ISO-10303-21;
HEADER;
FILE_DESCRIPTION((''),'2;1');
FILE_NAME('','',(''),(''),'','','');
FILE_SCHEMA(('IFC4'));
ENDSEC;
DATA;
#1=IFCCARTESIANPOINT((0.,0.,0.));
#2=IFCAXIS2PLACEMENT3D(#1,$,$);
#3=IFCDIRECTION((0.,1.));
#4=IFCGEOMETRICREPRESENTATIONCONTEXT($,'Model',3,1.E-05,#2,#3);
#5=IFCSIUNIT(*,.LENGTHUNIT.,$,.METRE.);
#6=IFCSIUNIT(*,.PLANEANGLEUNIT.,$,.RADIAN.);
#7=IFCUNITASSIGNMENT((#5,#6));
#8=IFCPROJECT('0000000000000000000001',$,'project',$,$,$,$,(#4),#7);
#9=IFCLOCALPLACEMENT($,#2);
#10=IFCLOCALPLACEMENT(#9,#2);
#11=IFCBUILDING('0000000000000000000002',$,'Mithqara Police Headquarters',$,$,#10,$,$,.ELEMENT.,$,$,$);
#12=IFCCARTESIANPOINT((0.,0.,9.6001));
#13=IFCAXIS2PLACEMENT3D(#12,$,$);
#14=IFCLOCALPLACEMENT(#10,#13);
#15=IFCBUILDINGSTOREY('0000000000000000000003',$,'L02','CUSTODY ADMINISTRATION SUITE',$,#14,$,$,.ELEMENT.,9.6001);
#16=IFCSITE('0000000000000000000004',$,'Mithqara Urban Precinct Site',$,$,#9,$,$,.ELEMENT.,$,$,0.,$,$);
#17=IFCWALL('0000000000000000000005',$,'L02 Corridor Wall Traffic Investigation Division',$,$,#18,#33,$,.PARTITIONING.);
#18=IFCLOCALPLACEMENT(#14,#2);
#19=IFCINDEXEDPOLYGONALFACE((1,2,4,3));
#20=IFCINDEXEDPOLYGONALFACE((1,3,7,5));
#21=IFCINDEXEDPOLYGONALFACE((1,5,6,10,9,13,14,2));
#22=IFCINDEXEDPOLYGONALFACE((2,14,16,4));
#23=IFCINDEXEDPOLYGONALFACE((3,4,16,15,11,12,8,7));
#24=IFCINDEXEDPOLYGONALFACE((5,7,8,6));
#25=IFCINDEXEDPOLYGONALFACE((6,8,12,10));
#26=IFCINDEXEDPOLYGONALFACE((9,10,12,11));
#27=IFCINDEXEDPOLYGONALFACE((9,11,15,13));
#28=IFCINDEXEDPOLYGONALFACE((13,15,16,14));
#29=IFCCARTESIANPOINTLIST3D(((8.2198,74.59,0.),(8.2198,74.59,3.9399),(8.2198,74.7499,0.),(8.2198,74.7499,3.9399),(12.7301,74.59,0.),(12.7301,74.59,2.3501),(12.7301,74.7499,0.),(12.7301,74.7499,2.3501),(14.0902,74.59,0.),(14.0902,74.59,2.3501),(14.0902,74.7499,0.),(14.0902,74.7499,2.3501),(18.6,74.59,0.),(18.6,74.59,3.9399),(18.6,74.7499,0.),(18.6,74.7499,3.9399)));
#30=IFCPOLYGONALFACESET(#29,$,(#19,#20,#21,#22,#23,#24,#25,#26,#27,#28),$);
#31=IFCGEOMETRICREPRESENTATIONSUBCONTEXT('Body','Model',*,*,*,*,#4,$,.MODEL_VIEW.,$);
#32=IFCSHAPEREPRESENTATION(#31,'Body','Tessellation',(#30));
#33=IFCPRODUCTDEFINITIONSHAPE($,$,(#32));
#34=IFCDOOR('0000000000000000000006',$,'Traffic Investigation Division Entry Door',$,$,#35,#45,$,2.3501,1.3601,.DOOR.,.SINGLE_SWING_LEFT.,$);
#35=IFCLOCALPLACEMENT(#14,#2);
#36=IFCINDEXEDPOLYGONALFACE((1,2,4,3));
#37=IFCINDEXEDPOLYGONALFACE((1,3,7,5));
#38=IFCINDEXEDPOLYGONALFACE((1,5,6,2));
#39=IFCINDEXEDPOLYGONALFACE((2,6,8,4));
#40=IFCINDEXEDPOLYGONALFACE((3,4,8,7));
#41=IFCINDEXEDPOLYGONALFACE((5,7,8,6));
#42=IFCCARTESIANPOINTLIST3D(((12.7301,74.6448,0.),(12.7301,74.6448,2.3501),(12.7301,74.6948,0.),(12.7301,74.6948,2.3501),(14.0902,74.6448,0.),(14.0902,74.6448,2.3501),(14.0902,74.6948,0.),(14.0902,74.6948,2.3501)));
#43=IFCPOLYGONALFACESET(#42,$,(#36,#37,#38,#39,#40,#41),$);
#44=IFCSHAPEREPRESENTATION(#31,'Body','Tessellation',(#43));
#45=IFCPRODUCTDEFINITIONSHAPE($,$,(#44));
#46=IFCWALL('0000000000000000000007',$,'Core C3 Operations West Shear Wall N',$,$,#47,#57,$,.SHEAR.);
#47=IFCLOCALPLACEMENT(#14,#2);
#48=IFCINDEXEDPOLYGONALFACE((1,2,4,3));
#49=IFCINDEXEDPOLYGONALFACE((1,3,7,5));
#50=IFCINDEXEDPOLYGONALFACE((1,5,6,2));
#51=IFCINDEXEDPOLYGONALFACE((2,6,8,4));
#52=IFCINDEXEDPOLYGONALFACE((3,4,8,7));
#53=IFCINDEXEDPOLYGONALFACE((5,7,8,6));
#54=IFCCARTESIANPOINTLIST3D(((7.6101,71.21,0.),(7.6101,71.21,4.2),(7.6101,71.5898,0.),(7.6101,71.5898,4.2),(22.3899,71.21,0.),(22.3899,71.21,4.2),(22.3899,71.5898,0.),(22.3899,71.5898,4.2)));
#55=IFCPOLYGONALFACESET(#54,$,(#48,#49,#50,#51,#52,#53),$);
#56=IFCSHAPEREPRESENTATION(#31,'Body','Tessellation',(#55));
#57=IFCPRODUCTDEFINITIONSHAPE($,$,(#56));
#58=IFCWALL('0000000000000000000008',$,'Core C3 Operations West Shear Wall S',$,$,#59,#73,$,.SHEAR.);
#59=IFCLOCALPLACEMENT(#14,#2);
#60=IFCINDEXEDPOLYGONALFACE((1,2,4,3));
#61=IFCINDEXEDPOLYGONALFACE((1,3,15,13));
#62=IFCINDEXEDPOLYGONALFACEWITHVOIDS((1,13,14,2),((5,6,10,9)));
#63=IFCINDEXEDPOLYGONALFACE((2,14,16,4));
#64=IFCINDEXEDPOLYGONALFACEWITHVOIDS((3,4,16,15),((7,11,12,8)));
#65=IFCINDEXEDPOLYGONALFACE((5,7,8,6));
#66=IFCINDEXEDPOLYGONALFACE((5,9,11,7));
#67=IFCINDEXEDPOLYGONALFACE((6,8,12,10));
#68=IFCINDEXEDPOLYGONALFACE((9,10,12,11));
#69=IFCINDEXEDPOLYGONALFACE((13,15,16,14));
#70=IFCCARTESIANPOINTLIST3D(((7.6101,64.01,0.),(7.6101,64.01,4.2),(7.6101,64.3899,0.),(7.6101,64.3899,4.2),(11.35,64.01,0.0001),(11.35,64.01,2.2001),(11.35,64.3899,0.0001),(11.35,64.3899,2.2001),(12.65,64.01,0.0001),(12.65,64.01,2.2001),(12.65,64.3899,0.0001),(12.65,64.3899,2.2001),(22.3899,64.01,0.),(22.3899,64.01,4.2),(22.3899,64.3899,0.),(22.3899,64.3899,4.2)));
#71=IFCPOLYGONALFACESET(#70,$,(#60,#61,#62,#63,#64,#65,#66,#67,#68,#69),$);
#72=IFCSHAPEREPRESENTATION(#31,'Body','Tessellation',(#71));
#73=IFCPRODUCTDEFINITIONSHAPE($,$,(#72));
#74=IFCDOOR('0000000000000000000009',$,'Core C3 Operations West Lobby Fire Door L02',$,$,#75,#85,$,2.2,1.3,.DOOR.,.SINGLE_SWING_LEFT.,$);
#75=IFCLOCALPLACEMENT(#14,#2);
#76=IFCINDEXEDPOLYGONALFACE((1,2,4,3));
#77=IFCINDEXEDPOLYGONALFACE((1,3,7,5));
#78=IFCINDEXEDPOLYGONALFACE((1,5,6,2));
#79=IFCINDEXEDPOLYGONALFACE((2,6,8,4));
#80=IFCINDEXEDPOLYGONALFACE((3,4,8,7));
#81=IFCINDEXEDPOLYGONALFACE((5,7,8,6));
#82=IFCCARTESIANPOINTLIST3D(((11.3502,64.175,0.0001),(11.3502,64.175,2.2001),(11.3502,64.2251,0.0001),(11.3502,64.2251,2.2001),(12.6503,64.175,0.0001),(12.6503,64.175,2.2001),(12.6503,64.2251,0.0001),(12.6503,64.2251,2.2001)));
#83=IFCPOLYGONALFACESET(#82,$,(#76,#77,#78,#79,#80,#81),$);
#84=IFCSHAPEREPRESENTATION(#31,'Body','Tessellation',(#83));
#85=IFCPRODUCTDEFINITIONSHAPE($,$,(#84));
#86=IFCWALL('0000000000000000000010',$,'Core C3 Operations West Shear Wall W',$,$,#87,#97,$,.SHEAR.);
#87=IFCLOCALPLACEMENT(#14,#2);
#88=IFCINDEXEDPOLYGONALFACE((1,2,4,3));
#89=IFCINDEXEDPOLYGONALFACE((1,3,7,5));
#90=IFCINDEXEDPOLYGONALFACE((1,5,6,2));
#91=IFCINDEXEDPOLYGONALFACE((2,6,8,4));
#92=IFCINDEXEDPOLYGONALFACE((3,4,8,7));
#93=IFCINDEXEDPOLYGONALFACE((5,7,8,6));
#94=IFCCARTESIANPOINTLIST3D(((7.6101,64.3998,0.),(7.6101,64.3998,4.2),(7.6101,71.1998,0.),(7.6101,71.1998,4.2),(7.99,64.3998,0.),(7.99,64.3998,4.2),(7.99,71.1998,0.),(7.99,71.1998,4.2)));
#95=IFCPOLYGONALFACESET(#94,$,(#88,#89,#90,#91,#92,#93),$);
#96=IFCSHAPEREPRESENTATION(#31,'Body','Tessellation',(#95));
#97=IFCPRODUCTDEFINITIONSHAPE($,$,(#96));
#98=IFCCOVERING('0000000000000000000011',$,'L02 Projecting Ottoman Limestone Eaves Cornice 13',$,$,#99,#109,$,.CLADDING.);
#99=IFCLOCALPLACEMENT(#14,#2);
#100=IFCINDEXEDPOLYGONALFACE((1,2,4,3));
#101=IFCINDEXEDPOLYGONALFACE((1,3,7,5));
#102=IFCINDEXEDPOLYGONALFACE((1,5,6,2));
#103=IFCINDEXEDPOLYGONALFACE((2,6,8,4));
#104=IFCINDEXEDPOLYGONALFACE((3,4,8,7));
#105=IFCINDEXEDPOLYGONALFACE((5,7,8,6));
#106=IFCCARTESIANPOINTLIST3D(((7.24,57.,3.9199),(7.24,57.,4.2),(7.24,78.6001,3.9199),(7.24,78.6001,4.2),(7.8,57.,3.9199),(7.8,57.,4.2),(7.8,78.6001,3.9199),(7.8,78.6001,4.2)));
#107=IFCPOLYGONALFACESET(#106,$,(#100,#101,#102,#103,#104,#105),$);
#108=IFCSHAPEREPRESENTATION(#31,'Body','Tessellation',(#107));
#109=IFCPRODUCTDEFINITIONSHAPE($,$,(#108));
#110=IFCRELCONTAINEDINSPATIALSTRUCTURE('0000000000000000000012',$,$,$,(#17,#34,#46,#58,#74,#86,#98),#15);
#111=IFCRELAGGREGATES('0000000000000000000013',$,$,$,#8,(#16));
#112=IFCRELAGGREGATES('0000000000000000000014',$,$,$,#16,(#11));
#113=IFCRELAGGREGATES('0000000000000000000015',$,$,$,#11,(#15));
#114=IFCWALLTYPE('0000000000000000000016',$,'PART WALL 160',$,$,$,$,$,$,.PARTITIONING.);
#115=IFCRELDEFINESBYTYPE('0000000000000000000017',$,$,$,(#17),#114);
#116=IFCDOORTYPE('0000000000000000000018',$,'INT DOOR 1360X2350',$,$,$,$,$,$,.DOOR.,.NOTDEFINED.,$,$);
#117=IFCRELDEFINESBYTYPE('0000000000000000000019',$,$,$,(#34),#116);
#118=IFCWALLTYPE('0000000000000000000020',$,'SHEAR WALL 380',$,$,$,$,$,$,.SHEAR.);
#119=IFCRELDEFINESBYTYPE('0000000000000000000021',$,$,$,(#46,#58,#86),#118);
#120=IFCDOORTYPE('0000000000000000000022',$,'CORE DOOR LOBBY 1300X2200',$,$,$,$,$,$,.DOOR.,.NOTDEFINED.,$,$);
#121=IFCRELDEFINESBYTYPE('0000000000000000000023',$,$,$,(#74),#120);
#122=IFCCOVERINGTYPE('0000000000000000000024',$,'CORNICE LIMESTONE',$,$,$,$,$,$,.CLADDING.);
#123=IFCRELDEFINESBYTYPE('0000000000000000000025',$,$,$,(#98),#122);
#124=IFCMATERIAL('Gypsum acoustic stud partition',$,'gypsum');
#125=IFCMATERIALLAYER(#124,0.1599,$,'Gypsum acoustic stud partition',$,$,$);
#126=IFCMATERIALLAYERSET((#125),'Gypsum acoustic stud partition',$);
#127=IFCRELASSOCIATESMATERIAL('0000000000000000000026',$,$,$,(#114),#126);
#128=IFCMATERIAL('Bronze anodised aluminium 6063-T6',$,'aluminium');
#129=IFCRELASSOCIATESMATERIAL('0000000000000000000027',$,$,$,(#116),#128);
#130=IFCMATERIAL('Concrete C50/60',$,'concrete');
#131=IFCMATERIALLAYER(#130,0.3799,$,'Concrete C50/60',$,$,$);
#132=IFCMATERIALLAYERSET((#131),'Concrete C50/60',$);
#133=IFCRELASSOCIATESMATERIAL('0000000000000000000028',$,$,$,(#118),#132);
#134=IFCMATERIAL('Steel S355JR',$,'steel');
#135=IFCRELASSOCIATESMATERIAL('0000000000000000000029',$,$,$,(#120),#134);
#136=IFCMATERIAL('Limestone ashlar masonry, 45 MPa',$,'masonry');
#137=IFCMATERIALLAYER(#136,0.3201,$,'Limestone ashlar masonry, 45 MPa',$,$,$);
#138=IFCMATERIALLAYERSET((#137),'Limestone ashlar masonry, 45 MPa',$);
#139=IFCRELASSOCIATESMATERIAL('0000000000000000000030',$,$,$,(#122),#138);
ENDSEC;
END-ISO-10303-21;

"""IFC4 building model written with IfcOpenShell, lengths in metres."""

from ifc_helpers import new_model, si_unit, direction, frame, frame_2d, origin, origin_2d, place, context, subcontext, project, spatial, rectangle, extrude, material, layer, layer_set, type_object, element, fill, save


model = new_model("IFC4")

# Units and contexts
model_context = context("Model", 3, precision=1e-05, world=origin(), true_north=direction((0.0, 1.0)))
body_context = subcontext(model_context, "Body", "Model", "MODEL_VIEW")
ifc_project = project(units=[si_unit("LENGTHUNIT", "METRE"), si_unit("PLANEANGLEUNIT", "RADIAN")], contexts=[model_context])

# Site, building, storey
site_placement = place(None, origin())
site = spatial("IfcSite", under=ifc_project, at=site_placement, Name="Mithqara Urban Precinct Site", CompositionType="ELEMENT", RefElevation=0.0)
building_placement = place(site_placement, origin())
building = spatial("IfcBuilding", under=site, at=building_placement, Name="Mithqara Police Headquarters", CompositionType="ELEMENT")
storey_placement = place(building_placement, frame((0.0, 0.0, 9.6001)))
storey = spatial("IfcBuildingStorey", under=building, at=storey_placement, Name="L02", Description="CUSTODY ADMINISTRATION SUITE", CompositionType="ELEMENT", Elevation=9.6001)

# Shared definitions
ifc_material_1 = material(Name="Steel S355JR", Category="steel")

# Shared definitions
ifc_material_2 = material(Name="Limestone ashlar masonry, 45 MPa", Category="masonry")

# Wall, opening, door
ifc_material_3 = material(Name="Gypsum acoustic stud partition", Category="gypsum")
ifc_layer_1 = layer(ifc_material_3, 0.1599, Name="Gypsum acoustic stud partition")
ifc_layer_set_1 = layer_set([ifc_layer_1], Name="Gypsum acoustic stud partition")
wall_type_1 = type_object("IfcWallType", Name="PART WALL 160", PredefinedType="PARTITIONING", material=ifc_layer_set_1)
wall_1_placement = place(storey_placement, frame((8.22, 74.6699, 0.0), z_axis=(0.0, 0.0, 1.0), x_axis=(1.0, 0.0, 0.0)))
wall_1 = element("IfcWall", 1, at=wall_1_placement, inside=storey, type_object=wall_type_1, Name="L02 Corridor Wall Traffic Investigation Division", PredefinedType="PARTITIONING", context=body_context, shape_type="SweptSolid", body=[
    extrude(rectangle(XDim=10.3801, YDim=0.1599, at=frame_2d((5.1899, 0.0))), origin(), (0.0, 0.0, 1.0), 3.9399),
])
opening_1_placement = place(wall_1_placement, frame((4.51, 0.0, 0.0)))
opening_1 = element("IfcOpeningElement", 2, at=opening_1_placement, cuts=wall_1, PredefinedType="OPENING", context=body_context, shape_type="SweptSolid", body=[
    extrude(rectangle(XDim=1.3601, YDim=2.3501, at=frame_2d((0.6802, 1.175))), frame((0.0, 0.0898, 0.0), z_axis=(0.0, -1.0, 0.0), x_axis=(1.0, 0.0, 0.0)), (0.0, 0.0, 1.0), 0.1799),
])
ifc_material_4 = material(Name="Bronze anodised aluminium 6063-T6", Category="aluminium")
door_type_1 = type_object("IfcDoorType", Name="INT DOOR 1360X2350", OperationType="NOTDEFINED", PredefinedType="DOOR", material=ifc_material_4)
door_1_placement = place(opening_1_placement, origin())
door_1 = element("IfcDoor", 3, at=door_1_placement, inside=storey, type_object=door_type_1, Name="Traffic Investigation Division Entry Door", OperationType="SINGLE_SWING_LEFT", OverallHeight=2.3501, OverallWidth=1.3601, PredefinedType="DOOR", context=body_context, shape_type="SweptSolid", body=[
    extrude(rectangle(XDim=1.3601, YDim=2.3501, at=frame_2d((0.6802, 1.175))), frame((0.0, 0.0249, 0.0), z_axis=(0.0, -1.0, 0.0), x_axis=(1.0, 0.0, 0.0)), (0.0, 0.0, 1.0), 0.05),
])
fill(opening_1, door_1)

# Wall
ifc_material_5 = material(Name="Concrete C50/60", Category="concrete")
ifc_layer_2 = layer(ifc_material_5, 0.3799, Name="Concrete C50/60")
ifc_layer_set_2 = layer_set([ifc_layer_2], Name="Concrete C50/60")
wall_type_2 = type_object("IfcWallType", Name="SHEAR WALL 380", PredefinedType="SHEAR", material=ifc_layer_set_2)
wall_2_placement = place(storey_placement, frame((7.6101, 71.3999, 0.0), z_axis=(0.0, 0.0, 1.0), x_axis=(1.0, 0.0, 0.0)))
element("IfcWall", 4, at=wall_2_placement, inside=storey, type_object=wall_type_2, Name="Core C3 Operations West Shear Wall N", PredefinedType="SHEAR", context=body_context, shape_type="SweptSolid", body=[
    extrude(rectangle(XDim=14.7798, YDim=0.3799, at=frame_2d((7.3899, 0.0))), origin(), (0.0, 0.0, 1.0), 4.2),
])

# Wall, opening, door
wall_3_placement = place(storey_placement, frame((7.6101, 64.2, 0.0), z_axis=(0.0, 0.0, 1.0), x_axis=(1.0, 0.0, 0.0)))
wall_3 = element("IfcWall", 5, at=wall_3_placement, inside=storey, type_object=wall_type_2, Name="Core C3 Operations West Shear Wall S", PredefinedType="SHEAR", context=body_context, shape_type="SweptSolid", body=[
    extrude(rectangle(XDim=14.7798, YDim=0.3799, at=frame_2d((7.3899, 0.0))), origin(), (0.0, 0.0, 1.0), 4.2),
])
opening_2_placement = place(wall_3_placement, frame((3.74, 0.0, 0.0)))
opening_2 = element("IfcOpeningElement", 6, at=opening_2_placement, cuts=wall_3, PredefinedType="OPENING", context=body_context, shape_type="SweptSolid", body=[
    extrude(rectangle(XDim=1.3, YDim=2.2, at=frame_2d((0.6499, 1.1001))), frame((0.0, 0.2, 0.0), z_axis=(0.0, -1.0, 0.0), x_axis=(1.0, 0.0, 0.0)), (0.0, 0.0, 1.0), 0.3999),
])
door_type_2 = type_object("IfcDoorType", Name="CORE DOOR LOBBY 1300X2200", OperationType="NOTDEFINED", PredefinedType="DOOR", material=ifc_material_1)
door_2_placement = place(opening_2_placement, frame((1.3, 0.0, 0.0), z_axis=(0.0, 0.0, 1.0), x_axis=(-1.0, 0.0, 0.0)))
door_2 = element("IfcDoor", 7, at=door_2_placement, inside=storey, type_object=door_type_2, Name="Core C3 Operations West Lobby Fire Door L02", OperationType="SINGLE_SWING_LEFT", OverallHeight=2.2, OverallWidth=1.3, PredefinedType="DOOR", context=body_context, shape_type="SweptSolid", body=[
    extrude(rectangle(XDim=1.3, YDim=2.2, at=frame_2d((0.6499, 1.1001))), frame((0.0, 0.0249, 0.0), z_axis=(0.0, -1.0, 0.0), x_axis=(1.0, 0.0, 0.0)), (0.0, 0.0, 1.0), 0.05),
])
fill(opening_2, door_2)

# Wall
wall_4_placement = place(storey_placement, frame((7.8, 64.3999, 0.0), z_axis=(0.0, 0.0, 1.0), x_axis=(0.0, 1.0, 0.0)))
element("IfcWall", 8, at=wall_4_placement, inside=storey, type_object=wall_type_2, Name="Core C3 Operations West Shear Wall W", PredefinedType="SHEAR", context=body_context, shape_type="SweptSolid", body=[
    extrude(rectangle(XDim=6.8, YDim=0.3799, at=frame_2d((3.3999, 0.0))), origin(), (0.0, 0.0, 1.0), 4.2),
])

# Covering
ifc_layer_3 = layer(ifc_material_2, 0.3201, Name="Limestone ashlar masonry, 45 MPa")
ifc_layer_set_3 = layer_set([ifc_layer_3], Name="Limestone ashlar masonry, 45 MPa")
covering_type = type_object("IfcCoveringType", Name="CORNICE LIMESTONE", PredefinedType="CLADDING", material=ifc_layer_set_3)
covering_placement = place(storey_placement, frame((7.52, 67.8, 3.9199), z_axis=(0.0, 0.0, 1.0), x_axis=(0.0, 1.0, 0.0)))
element("IfcCovering", 9, at=covering_placement, inside=storey, type_object=covering_type, Name="L02 Projecting Ottoman Limestone Eaves Cornice 13", PredefinedType="CLADDING", context=body_context, shape_type="SweptSolid", body=[
    extrude(rectangle(XDim=21.6001, YDim=0.5601, at=origin_2d()), origin(), (0.0, 0.0, 1.0), 0.28),
])

save(model, "model.ifc")
